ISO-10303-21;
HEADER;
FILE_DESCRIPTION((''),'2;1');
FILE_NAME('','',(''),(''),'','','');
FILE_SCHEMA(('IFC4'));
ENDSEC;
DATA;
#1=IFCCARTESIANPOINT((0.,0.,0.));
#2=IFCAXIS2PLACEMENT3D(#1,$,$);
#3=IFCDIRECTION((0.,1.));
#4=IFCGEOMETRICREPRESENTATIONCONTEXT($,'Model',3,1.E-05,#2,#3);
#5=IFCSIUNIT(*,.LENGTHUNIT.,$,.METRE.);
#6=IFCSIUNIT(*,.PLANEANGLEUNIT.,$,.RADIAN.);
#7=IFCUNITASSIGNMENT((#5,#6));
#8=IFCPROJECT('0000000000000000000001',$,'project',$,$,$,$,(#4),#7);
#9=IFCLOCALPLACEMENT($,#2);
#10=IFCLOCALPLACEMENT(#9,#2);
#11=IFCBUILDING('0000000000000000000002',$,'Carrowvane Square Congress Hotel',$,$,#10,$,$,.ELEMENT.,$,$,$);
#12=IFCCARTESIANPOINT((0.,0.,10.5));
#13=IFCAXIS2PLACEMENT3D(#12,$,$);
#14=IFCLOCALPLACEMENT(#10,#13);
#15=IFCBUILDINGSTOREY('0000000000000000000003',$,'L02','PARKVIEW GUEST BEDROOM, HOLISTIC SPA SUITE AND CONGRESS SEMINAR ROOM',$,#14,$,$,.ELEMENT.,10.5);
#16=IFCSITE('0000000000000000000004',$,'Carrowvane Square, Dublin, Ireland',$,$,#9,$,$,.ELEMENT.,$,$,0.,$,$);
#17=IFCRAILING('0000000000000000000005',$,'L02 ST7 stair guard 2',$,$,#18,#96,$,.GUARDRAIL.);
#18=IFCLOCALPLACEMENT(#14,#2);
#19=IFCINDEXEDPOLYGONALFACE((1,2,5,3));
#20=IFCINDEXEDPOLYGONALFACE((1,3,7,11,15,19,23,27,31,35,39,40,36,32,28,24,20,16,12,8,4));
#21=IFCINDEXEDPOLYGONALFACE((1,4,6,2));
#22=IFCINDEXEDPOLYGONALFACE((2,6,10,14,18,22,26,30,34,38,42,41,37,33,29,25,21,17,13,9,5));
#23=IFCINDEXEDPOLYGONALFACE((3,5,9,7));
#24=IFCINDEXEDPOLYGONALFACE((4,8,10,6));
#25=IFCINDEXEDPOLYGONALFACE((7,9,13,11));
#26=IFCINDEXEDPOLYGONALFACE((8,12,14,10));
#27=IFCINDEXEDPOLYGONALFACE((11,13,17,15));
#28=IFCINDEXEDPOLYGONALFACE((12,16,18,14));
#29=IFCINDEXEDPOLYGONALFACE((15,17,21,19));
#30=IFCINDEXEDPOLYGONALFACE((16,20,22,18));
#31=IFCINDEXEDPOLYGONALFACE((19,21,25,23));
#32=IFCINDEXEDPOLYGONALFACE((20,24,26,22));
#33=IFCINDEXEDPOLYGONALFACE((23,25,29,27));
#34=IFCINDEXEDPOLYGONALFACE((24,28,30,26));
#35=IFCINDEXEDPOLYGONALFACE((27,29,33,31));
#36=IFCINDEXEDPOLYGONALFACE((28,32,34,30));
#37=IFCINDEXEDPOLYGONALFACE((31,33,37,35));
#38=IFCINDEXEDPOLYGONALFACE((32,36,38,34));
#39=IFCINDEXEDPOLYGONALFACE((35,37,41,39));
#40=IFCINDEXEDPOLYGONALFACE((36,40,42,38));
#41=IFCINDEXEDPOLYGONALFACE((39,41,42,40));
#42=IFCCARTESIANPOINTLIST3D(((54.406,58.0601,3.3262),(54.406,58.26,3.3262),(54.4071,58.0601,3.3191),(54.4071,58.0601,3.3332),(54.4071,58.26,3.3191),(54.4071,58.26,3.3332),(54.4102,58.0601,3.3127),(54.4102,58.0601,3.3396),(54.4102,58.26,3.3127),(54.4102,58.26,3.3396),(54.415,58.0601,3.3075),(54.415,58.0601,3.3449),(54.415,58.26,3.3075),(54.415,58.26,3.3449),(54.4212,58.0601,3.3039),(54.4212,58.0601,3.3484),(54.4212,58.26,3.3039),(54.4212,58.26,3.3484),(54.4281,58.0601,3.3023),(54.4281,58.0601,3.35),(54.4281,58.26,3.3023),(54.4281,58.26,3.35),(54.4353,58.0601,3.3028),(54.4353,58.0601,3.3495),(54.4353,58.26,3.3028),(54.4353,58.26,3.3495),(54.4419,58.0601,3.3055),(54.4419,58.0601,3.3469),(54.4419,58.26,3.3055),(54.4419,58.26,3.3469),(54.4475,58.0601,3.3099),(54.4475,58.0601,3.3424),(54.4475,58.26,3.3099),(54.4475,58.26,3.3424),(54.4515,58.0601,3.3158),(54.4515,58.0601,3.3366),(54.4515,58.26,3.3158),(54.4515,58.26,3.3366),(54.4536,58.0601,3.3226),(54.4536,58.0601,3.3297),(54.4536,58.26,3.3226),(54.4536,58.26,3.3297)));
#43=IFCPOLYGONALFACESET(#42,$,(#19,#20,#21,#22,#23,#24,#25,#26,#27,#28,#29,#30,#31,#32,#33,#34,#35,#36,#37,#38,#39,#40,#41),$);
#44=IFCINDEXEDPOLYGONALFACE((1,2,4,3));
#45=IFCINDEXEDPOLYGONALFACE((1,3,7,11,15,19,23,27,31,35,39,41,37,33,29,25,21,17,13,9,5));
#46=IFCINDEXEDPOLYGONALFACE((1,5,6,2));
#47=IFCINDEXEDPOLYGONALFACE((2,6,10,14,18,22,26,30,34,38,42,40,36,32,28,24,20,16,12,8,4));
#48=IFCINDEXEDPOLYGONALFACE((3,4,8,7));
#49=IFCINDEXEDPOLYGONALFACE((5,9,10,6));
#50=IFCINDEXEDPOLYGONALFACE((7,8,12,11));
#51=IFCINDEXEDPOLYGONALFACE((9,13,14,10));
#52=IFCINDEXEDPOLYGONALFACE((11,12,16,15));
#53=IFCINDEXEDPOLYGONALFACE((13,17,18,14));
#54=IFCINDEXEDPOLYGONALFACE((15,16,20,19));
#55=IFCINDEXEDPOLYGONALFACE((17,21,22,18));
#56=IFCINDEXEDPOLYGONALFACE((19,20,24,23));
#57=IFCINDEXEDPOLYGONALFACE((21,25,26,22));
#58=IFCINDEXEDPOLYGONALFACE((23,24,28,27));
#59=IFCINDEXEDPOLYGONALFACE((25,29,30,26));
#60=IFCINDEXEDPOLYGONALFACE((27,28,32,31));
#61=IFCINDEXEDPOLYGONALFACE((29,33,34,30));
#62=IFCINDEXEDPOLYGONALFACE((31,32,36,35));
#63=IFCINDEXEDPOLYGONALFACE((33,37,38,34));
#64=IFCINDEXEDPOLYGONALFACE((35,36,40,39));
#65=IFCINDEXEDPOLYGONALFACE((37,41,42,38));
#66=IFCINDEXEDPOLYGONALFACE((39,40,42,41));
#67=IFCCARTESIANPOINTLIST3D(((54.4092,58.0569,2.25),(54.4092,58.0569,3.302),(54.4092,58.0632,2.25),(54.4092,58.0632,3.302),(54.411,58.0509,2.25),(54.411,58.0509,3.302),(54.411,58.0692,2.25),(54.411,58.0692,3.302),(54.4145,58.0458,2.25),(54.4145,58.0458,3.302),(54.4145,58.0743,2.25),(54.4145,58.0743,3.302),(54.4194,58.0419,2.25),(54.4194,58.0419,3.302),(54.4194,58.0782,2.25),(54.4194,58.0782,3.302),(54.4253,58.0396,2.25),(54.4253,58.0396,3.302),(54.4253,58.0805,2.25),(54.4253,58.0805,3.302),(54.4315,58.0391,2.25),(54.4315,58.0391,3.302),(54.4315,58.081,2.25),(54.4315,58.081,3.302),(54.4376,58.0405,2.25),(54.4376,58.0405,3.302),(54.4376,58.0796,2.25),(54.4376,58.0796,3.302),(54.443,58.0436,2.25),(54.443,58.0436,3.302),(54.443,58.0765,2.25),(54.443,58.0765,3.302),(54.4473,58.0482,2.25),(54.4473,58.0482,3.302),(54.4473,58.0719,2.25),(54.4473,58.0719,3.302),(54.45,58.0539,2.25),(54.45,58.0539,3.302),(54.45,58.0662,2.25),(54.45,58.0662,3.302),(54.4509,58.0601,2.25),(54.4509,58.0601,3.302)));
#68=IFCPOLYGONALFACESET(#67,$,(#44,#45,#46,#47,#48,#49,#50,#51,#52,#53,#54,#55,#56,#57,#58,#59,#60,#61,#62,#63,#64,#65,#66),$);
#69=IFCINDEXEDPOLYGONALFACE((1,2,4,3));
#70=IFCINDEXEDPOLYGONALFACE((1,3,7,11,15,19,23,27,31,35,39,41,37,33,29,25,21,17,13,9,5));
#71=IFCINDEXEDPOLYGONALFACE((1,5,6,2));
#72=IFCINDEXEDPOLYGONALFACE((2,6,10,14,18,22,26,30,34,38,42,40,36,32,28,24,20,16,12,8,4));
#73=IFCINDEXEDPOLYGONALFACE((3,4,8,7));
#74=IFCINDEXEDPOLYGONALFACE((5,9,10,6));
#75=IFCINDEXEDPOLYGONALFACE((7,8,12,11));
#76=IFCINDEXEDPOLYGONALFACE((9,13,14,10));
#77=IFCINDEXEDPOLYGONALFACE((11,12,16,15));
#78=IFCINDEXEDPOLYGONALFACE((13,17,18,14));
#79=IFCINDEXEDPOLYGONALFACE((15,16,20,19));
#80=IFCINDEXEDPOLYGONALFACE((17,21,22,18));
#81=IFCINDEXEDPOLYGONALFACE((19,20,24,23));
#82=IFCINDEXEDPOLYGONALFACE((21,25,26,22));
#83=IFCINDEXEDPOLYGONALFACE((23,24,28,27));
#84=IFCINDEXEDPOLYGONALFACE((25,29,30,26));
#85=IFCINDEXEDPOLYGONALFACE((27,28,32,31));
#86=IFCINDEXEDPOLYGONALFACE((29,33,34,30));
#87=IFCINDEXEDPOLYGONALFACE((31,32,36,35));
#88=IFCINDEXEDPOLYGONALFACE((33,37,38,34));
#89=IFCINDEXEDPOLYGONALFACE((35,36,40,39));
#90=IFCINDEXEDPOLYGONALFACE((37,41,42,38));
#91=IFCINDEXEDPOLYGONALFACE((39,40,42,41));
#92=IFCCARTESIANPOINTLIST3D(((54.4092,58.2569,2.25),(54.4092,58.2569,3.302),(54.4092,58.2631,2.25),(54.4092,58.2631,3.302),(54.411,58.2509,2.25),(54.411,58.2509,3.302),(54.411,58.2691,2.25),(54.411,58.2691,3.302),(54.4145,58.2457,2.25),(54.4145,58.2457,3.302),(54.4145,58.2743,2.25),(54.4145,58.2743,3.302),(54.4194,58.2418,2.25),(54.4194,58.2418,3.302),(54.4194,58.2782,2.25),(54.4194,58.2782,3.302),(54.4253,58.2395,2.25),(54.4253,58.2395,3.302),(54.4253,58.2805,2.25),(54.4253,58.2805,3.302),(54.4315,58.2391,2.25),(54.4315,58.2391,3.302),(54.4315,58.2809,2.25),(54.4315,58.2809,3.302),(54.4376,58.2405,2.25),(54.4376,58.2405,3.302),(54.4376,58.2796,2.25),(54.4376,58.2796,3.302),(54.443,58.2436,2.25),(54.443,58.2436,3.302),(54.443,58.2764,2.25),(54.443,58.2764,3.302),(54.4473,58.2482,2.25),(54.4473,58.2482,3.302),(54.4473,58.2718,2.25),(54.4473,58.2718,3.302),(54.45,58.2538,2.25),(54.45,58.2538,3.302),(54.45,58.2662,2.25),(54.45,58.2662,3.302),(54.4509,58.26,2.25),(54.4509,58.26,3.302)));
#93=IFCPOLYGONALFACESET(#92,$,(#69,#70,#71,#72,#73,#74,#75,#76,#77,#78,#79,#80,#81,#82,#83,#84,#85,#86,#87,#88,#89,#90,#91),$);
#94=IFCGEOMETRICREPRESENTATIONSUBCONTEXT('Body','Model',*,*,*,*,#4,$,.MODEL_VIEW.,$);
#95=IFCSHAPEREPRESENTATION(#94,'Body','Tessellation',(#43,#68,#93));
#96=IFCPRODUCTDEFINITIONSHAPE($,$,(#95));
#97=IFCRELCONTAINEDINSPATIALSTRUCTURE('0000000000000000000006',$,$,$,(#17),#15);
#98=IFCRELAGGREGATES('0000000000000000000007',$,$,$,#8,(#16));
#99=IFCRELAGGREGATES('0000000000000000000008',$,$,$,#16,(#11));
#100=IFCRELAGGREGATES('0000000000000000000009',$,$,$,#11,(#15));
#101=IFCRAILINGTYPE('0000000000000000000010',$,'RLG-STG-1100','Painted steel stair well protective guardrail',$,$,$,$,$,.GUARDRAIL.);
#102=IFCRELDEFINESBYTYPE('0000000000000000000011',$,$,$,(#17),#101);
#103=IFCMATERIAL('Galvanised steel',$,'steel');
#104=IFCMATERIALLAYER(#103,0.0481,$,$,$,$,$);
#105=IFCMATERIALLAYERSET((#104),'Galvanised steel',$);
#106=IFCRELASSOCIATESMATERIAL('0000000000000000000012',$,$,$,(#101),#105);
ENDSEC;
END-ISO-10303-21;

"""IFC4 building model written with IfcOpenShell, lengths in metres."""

from ifc_helpers import new_model, si_unit, direction, frame, origin, origin_2d, place, context, subcontext, project, spatial, circle, extrude, material, layer, layer_set, type_object, element, save


model = new_model("IFC4")

# Units and contexts
model_context = context("Model", 3, precision=1e-05, world=origin(), true_north=direction((0.0, 1.0)))
body_context = subcontext(model_context, "Body", "Model", "MODEL_VIEW")
ifc_project = project(units=[si_unit("LENGTHUNIT", "METRE"), si_unit("PLANEANGLEUNIT", "RADIAN")], contexts=[model_context])

# Site, building, storey
site_placement = place(None, origin())
site = spatial("IfcSite", under=ifc_project, at=site_placement, Name="Carrowvane Square, Dublin, Ireland", CompositionType="ELEMENT", RefElevation=0.0)
building_placement = place(site_placement, origin())
building = spatial("IfcBuilding", under=site, at=building_placement, Name="Carrowvane Square Congress Hotel", CompositionType="ELEMENT")
storey_placement = place(building_placement, frame((0.0, 0.0, 10.5)))
storey = spatial("IfcBuildingStorey", under=building, at=storey_placement, Name="L02", Description="PARKVIEW GUEST BEDROOM, HOLISTIC SPA SUITE AND CONGRESS SEMINAR ROOM", CompositionType="ELEMENT", Elevation=10.5)

# Railing
ifc_material_1 = material(Name="Galvanised steel", Category="steel")
ifc_layer_1 = layer(ifc_material_1, 0.0481)
ifc_layer_set_1 = layer_set([ifc_layer_1], Name="Galvanised steel")
railing_type_1 = type_object("IfcRailingType", Name="RLG-STG-1100", Description="Painted steel stair well protective guardrail", PredefinedType="GUARDRAIL", material=ifc_layer_set_1)
railing_1_placement = place(storey_placement, frame((54.4299, 58.0601, 2.25)))
element("IfcRailing", 1, at=railing_1_placement, inside=storey, type_object=railing_type_1, Name="L02 ST7 stair guard 2", PredefinedType="GUARDRAIL", context=body_context, shape_type="SweptSolid", body=[
    extrude(circle(Radius=0.0239, at=origin_2d()), frame((0.0, 0.0, 1.0762), z_axis=(0.0, 1.0, 0.0), x_axis=(-1.0, 0.0, 0.0)), (0.0, 0.0, 1.0), 0.2),
    extrude(circle(Radius=0.021, at=origin_2d()), origin(), (0.0, 0.0, 1.0), 1.052),
    extrude(circle(Radius=0.021, at=origin_2d()), frame((0.0, 0.2, 0.0)), (0.0, 0.0, 1.0), 1.052),
])

save(model, "model.ifc")
